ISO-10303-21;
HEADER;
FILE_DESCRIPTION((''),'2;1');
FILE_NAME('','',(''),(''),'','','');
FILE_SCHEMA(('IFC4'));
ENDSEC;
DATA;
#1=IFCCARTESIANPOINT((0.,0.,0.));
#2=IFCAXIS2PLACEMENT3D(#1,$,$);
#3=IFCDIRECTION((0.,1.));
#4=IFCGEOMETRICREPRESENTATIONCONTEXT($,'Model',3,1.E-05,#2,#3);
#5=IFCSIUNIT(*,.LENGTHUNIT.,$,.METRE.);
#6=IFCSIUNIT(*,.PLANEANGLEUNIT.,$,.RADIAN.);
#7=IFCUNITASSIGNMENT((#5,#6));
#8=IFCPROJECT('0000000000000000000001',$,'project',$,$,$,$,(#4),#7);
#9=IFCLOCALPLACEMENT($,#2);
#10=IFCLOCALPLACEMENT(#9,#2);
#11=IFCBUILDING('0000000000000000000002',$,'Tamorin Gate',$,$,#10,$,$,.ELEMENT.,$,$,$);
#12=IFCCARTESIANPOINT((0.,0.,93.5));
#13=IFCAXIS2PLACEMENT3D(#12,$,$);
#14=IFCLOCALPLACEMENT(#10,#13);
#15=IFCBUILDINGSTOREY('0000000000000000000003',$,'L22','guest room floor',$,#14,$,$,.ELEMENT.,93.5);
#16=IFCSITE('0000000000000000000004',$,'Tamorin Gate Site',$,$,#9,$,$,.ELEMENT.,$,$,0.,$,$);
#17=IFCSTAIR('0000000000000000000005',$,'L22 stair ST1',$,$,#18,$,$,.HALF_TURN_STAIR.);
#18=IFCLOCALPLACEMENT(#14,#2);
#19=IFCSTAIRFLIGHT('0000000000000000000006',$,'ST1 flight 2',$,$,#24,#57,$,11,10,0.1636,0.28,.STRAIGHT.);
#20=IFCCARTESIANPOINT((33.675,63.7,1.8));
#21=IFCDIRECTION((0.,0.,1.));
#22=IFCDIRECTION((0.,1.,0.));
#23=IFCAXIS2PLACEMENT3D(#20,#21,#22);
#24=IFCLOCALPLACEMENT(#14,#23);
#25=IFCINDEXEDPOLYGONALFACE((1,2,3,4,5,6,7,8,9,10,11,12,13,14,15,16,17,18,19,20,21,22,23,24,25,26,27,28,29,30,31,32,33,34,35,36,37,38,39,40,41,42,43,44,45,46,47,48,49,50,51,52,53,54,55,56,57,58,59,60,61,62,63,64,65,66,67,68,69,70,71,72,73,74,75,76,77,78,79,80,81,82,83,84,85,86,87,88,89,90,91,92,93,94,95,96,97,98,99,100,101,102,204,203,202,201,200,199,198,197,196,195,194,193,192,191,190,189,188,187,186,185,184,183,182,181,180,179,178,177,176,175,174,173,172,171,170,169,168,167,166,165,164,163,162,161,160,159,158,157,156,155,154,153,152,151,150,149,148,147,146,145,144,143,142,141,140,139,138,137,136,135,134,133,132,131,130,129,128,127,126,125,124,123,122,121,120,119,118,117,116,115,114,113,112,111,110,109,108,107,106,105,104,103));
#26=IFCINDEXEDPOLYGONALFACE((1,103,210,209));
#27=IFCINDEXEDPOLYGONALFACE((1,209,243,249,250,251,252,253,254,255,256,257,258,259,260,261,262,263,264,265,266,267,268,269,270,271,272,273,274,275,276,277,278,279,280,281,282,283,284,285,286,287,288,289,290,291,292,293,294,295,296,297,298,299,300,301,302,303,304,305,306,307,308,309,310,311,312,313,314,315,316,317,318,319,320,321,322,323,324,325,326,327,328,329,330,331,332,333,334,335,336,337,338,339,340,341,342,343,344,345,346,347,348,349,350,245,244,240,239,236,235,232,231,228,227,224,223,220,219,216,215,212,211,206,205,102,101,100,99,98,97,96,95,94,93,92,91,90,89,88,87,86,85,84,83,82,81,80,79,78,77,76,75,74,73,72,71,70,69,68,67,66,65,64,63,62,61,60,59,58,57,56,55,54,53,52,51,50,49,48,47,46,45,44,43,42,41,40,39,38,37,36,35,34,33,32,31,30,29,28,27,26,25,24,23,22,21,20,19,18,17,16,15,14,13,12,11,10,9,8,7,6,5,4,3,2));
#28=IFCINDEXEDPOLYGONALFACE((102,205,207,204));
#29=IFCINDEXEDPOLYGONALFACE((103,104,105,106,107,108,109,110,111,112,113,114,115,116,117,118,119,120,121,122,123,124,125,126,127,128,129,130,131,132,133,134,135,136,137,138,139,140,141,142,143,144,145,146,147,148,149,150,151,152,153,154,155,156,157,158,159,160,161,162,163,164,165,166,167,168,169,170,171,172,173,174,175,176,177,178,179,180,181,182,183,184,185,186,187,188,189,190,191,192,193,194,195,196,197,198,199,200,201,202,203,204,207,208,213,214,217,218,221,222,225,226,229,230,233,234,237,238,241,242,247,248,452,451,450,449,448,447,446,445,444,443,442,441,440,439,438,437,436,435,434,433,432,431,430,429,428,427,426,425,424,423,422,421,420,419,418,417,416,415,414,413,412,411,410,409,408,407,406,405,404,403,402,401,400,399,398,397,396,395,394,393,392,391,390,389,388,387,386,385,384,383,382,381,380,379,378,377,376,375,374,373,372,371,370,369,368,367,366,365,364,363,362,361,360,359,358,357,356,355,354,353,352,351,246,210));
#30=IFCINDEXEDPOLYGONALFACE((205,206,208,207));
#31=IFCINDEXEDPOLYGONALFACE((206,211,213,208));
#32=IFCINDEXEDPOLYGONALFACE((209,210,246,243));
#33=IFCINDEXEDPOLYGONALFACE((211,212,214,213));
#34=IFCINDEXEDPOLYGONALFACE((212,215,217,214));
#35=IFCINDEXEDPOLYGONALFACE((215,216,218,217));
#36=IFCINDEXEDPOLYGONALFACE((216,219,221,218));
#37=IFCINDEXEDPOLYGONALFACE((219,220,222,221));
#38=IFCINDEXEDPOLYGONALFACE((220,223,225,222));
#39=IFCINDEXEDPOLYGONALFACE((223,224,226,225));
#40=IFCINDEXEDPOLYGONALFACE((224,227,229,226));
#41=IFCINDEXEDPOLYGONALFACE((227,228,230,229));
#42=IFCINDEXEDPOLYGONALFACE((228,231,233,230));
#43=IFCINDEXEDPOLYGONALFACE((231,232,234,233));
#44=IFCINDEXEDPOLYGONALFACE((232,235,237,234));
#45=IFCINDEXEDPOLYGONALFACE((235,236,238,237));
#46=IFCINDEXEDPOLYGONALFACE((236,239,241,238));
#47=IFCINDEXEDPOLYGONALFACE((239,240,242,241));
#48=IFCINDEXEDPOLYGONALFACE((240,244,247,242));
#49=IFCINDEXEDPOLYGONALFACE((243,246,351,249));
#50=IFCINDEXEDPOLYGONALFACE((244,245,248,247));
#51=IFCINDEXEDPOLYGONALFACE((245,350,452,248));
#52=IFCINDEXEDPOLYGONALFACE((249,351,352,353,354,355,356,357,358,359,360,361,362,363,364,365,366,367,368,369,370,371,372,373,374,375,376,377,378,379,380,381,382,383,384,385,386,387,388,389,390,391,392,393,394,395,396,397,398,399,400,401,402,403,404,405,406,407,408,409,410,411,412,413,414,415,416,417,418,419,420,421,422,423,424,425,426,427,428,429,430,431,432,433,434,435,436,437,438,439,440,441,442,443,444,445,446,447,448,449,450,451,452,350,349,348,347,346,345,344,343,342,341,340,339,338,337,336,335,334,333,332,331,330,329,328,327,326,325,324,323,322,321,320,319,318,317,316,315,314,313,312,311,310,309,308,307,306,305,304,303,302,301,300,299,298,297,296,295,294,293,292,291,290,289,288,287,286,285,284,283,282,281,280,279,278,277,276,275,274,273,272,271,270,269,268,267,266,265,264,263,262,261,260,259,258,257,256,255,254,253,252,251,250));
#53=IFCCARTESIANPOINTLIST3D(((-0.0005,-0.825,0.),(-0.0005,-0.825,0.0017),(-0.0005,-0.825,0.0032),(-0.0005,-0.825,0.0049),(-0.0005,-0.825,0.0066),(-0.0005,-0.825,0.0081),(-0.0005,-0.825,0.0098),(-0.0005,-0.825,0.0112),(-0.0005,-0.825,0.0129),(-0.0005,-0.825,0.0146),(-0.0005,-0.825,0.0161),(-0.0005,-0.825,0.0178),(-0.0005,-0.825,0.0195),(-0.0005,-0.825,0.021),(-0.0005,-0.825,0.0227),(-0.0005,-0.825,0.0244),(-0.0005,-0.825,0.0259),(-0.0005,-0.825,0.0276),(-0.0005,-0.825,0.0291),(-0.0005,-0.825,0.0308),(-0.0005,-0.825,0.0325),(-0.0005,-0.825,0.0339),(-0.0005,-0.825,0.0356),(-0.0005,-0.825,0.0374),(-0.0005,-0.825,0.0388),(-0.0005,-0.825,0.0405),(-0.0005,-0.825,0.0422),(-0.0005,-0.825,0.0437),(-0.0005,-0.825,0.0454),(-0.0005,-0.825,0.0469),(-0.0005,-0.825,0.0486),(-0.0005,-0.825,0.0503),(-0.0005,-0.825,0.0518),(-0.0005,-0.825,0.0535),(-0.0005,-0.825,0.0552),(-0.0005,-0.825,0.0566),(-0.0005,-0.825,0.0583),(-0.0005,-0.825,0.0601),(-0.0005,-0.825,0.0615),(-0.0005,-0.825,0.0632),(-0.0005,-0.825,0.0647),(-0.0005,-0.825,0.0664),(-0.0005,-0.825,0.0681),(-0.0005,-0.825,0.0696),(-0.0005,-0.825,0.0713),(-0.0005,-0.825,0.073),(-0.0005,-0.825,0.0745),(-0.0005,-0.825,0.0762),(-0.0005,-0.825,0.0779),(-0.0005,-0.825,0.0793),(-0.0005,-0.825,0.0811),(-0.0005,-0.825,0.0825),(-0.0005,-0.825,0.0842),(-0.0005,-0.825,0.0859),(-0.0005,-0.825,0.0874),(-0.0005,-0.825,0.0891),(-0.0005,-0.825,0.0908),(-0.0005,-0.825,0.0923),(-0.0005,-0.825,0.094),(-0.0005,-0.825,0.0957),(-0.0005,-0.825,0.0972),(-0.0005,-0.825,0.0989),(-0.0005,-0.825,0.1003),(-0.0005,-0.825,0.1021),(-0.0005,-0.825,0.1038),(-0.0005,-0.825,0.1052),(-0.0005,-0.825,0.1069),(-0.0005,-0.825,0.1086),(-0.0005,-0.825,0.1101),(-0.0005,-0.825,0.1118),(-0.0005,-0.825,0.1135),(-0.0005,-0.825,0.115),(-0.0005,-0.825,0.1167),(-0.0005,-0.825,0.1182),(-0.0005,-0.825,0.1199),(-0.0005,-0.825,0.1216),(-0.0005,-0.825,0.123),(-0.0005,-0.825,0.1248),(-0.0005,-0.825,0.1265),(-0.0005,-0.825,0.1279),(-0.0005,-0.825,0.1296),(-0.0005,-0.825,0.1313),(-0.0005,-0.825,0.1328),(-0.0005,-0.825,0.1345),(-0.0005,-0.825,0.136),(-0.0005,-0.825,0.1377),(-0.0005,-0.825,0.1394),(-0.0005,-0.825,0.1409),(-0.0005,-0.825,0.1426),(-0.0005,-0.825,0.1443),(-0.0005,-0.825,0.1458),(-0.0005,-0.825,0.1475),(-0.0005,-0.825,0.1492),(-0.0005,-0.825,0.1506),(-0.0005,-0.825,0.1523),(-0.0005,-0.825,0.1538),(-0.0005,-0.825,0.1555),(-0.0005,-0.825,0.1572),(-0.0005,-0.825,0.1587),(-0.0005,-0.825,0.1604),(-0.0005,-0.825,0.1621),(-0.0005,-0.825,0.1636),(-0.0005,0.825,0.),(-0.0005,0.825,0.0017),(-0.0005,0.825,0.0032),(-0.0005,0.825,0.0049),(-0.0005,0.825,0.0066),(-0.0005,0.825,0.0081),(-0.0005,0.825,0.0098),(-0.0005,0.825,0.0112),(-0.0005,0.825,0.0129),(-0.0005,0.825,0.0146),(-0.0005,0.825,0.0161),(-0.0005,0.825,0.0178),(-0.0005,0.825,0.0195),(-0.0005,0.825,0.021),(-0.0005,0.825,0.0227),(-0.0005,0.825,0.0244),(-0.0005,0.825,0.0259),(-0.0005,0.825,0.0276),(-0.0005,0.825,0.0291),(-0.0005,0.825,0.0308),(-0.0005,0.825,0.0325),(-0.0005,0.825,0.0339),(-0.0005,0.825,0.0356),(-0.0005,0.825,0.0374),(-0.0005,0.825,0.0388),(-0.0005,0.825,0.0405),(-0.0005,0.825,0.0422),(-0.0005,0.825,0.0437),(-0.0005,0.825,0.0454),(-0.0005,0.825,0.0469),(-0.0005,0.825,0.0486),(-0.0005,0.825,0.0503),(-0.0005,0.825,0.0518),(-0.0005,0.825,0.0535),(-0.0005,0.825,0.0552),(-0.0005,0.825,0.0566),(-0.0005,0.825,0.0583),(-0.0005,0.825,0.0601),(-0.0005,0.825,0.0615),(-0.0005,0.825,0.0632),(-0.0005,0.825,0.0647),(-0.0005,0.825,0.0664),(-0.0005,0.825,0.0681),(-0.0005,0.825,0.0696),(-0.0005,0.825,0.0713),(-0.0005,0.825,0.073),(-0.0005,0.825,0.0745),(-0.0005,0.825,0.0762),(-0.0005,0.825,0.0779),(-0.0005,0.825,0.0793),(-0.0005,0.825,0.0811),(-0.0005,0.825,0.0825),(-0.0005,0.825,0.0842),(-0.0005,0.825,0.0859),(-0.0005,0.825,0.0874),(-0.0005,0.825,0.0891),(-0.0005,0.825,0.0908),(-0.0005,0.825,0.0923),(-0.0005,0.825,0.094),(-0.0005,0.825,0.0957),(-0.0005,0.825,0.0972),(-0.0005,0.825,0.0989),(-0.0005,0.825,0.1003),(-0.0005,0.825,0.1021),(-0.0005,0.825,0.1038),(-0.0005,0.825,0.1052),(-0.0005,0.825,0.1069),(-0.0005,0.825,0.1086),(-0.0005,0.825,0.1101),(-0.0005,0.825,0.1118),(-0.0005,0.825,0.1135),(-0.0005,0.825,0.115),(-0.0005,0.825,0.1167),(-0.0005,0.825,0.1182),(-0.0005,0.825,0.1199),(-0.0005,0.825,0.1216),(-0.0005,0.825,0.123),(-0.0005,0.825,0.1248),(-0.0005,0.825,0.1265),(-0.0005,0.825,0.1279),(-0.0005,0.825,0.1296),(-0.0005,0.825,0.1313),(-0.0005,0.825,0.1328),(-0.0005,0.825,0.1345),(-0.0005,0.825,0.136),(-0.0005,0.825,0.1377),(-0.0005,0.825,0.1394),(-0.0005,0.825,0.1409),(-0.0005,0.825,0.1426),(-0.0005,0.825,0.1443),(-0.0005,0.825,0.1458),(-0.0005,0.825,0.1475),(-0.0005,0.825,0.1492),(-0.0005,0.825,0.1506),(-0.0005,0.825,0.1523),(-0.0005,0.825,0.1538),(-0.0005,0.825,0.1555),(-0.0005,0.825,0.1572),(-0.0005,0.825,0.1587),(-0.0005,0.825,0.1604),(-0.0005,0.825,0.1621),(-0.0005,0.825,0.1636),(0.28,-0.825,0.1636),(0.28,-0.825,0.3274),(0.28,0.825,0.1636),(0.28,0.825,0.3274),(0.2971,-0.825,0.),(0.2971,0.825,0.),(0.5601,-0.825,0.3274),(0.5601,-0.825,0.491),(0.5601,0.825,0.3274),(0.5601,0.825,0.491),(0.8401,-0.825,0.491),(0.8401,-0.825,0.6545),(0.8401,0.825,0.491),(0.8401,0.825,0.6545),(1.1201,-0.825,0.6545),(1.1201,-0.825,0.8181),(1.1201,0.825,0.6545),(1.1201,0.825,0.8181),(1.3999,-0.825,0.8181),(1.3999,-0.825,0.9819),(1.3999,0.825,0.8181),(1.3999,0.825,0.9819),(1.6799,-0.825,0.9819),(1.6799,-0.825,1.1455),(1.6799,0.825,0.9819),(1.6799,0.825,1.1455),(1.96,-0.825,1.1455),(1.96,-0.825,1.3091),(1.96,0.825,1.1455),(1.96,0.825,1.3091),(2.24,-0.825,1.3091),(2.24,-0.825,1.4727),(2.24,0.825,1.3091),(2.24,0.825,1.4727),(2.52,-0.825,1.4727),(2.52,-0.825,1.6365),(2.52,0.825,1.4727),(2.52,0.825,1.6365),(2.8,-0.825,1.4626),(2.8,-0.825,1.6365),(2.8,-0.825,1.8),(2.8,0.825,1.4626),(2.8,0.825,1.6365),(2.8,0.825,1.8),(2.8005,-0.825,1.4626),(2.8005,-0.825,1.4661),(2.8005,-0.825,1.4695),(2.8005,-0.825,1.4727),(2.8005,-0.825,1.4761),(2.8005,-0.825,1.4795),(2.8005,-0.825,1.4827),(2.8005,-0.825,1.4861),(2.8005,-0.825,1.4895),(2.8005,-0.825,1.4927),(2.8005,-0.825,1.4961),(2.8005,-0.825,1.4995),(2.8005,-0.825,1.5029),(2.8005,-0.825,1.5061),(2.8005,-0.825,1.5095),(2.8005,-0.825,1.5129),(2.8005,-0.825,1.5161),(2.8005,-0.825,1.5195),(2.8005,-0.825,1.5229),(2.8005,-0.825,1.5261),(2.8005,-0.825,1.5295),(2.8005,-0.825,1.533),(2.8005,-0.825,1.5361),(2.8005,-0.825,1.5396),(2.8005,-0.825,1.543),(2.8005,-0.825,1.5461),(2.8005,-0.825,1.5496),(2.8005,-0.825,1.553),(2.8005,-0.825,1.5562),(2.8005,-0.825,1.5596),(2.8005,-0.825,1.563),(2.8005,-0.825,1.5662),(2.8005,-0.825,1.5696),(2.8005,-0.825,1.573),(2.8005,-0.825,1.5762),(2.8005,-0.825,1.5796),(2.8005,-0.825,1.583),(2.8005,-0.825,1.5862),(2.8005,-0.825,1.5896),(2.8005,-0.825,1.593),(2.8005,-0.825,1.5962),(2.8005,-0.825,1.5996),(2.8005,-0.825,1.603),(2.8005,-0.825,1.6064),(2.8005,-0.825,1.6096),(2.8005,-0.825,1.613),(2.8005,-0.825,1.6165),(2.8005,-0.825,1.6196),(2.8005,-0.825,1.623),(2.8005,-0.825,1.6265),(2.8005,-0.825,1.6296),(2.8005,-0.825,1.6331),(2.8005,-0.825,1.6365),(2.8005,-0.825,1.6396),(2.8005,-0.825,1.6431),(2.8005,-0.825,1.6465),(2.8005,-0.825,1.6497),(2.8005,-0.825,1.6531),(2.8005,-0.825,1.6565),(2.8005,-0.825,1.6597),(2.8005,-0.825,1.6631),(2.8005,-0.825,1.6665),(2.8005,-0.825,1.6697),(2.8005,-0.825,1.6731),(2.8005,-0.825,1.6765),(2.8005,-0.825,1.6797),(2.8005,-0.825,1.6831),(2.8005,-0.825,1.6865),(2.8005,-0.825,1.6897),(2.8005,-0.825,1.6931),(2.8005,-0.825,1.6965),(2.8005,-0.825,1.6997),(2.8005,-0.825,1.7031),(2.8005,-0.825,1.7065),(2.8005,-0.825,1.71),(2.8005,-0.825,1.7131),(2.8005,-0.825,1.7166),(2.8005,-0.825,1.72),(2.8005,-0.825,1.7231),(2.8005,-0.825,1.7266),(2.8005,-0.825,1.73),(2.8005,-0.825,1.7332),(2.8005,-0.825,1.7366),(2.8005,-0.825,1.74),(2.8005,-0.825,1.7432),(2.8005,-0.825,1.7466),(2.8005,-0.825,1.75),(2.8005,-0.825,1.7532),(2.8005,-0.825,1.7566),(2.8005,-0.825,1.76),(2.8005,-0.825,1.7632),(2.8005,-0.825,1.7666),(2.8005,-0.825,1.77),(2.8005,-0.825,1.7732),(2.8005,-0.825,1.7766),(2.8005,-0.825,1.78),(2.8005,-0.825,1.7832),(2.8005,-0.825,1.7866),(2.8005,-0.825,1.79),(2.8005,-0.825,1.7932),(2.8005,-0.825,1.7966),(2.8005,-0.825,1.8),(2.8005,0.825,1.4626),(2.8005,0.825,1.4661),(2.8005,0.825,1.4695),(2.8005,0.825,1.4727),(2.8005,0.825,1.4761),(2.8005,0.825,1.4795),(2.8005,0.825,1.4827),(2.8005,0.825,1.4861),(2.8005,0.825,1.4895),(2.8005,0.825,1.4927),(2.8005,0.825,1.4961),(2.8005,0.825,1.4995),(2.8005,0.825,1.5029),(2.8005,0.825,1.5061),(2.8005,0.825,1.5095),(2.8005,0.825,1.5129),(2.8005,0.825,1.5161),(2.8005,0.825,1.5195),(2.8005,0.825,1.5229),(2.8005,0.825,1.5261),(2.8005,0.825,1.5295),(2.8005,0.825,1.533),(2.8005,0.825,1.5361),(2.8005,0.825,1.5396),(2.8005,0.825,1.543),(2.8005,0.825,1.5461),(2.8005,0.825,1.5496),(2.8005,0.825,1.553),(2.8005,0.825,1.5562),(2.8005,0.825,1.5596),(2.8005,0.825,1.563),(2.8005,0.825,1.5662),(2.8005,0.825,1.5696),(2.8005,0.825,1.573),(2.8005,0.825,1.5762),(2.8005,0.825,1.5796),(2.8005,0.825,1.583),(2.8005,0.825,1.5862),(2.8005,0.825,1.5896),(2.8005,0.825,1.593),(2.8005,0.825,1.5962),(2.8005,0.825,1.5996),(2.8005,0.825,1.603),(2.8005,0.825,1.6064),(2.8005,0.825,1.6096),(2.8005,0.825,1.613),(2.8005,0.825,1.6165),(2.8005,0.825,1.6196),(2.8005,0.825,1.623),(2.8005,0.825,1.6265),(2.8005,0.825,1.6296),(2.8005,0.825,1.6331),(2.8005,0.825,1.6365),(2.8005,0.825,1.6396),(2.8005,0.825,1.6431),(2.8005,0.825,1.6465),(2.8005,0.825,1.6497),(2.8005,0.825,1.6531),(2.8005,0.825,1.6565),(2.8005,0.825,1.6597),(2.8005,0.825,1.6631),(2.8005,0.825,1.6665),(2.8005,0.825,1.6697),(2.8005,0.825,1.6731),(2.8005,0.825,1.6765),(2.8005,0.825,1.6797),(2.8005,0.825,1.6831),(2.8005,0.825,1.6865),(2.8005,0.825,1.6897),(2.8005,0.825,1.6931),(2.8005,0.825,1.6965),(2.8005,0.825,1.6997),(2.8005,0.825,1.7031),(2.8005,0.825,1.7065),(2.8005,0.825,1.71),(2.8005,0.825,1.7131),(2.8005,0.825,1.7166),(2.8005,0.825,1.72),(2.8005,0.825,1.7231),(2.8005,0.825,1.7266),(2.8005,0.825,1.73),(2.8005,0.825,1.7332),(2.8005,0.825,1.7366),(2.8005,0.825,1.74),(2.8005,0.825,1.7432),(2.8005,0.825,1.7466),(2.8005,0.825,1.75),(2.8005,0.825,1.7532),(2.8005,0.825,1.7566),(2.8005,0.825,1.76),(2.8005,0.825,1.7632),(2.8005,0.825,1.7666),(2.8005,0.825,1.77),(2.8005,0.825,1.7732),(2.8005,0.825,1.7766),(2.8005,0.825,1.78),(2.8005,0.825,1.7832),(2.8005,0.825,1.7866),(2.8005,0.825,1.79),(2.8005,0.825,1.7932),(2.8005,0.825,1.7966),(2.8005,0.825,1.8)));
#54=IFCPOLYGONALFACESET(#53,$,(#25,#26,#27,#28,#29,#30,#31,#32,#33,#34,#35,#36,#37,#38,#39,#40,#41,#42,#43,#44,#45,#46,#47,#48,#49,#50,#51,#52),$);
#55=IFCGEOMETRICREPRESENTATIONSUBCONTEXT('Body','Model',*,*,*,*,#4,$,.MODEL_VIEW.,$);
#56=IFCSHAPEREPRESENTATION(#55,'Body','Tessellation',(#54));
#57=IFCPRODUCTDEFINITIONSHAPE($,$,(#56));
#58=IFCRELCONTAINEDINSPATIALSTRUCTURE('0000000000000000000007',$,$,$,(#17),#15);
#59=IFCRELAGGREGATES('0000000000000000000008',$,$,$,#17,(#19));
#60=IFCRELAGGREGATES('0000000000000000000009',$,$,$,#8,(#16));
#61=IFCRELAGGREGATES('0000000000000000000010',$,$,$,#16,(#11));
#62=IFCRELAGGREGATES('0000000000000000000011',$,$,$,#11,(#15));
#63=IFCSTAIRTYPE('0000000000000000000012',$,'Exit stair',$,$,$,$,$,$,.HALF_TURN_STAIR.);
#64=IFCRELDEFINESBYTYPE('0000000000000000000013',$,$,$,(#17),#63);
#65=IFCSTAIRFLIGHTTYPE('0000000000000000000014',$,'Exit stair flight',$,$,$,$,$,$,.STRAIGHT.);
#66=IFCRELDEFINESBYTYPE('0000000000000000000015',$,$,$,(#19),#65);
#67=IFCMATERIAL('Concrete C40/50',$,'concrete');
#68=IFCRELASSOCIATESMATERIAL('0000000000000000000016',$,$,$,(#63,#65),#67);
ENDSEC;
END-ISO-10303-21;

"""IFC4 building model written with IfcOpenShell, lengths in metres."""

from ifc_helpers import new_model, si_unit, direction, frame, origin, place, context, subcontext, project, spatial, polyline, outline, extrude, material, type_object, element, aggregate, save


model = new_model("IFC4")

# Units and contexts
model_context = context("Model", 3, precision=1e-05, world=origin(), true_north=direction((0.0, 1.0)))
body_context = subcontext(model_context, "Body", "Model", "MODEL_VIEW")
ifc_project = project(units=[si_unit("LENGTHUNIT", "METRE"), si_unit("PLANEANGLEUNIT", "RADIAN")], contexts=[model_context])

# Site, building, storey
site_placement = place(None, origin())
site = spatial("IfcSite", under=ifc_project, at=site_placement, Name="Tamorin Gate Site", CompositionType="ELEMENT", RefElevation=0.0)
building_placement = place(site_placement, origin())
building = spatial("IfcBuilding", under=site, at=building_placement, Name="Tamorin Gate", CompositionType="ELEMENT")
storey_placement = place(building_placement, frame((0.0, 0.0, 93.5)))
storey = spatial("IfcBuildingStorey", under=building, at=storey_placement, Name="L22", Description="guest room floor", CompositionType="ELEMENT", Elevation=93.5)

# Shared definitions
ifc_material_1 = material(Name="Concrete C40/50", Category="concrete")

# Stair, stair flight
stair_type = type_object("IfcStairType", Name="Exit stair", PredefinedType="HALF_TURN_STAIR", material=ifc_material_1)
stair_placement = place(storey_placement, origin())
stair = element("IfcStair", 1, at=stair_placement, inside=storey, type_object=stair_type, Name="L22 stair ST1", PredefinedType="HALF_TURN_STAIR")
stair_flight_type = type_object("IfcStairFlightType", Name="Exit stair flight", PredefinedType="STRAIGHT", material=ifc_material_1)
stair_flight_1_placement = place(storey_placement, frame((33.675, 63.7, 1.8), z_axis=(0.0, 0.0, 1.0), x_axis=(0.0, 1.0, 0.0)))
stair_flight_1 = element("IfcStairFlight", 2, at=stair_flight_1_placement, type_object=stair_flight_type, Name="ST1 flight 2", NumberOfRisers=11, NumberOfTreads=10, PredefinedType="STRAIGHT", RiserHeight=0.1636, TreadLength=0.28, context=body_context, shape_type="SweptSolid", body=[
    extrude(outline(polyline([(-0.0005, 0.0), (-0.0005, 0.0017), (-0.0005, 0.0032), (-0.0005, 0.0049), (-0.0005, 0.0066), (-0.0005, 0.0081), (-0.0005, 0.0098), (-0.0005, 0.0112), (-0.0005, 0.0129), (-0.0005, 0.0146), (-0.0005, 0.0161), (-0.0005, 0.0178), (-0.0005, 0.0195), (-0.0005, 0.021), (-0.0005, 0.0227), (-0.0005, 0.0244), (-0.0005, 0.0259), (-0.0005, 0.0276), (-0.0005, 0.0291), (-0.0005, 0.0308), (-0.0005, 0.0325), (-0.0005, 0.0339), (-0.0005, 0.0356), (-0.0005, 0.0374), (-0.0005, 0.0388), (-0.0005, 0.0405), (-0.0005, 0.0422), (-0.0005, 0.0437), (-0.0005, 0.0454), (-0.0005, 0.0469), (-0.0005, 0.0486), (-0.0005, 0.0503), (-0.0005, 0.0518), (-0.0005, 0.0535), (-0.0005, 0.0552), (-0.0005, 0.0566), (-0.0005, 0.0583), (-0.0005, 0.0601), (-0.0005, 0.0615), (-0.0005, 0.0632), (-0.0005, 0.0647), (-0.0005, 0.0664), (-0.0005, 0.0681), (-0.0005, 0.0696), (-0.0005, 0.0713), (-0.0005, 0.073), (-0.0005, 0.0745), (-0.0005, 0.0762), (-0.0005, 0.0779), (-0.0005, 0.0793), (-0.0005, 0.0811), (-0.0005, 0.0825), (-0.0005, 0.0842), (-0.0005, 0.0859), (-0.0005, 0.0874), (-0.0005, 0.0891), (-0.0005, 0.0908), (-0.0005, 0.0923), (-0.0005, 0.094), (-0.0005, 0.0957), (-0.0005, 0.0972), (-0.0005, 0.0989), (-0.0005, 0.1003), (-0.0005, 0.1021), (-0.0005, 0.1038), (-0.0005, 0.1052), (-0.0005, 0.1069), (-0.0005, 0.1086), (-0.0005, 0.1101), (-0.0005, 0.1118), (-0.0005, 0.1135), (-0.0005, 0.115), (-0.0005, 0.1167), (-0.0005, 0.1182), (-0.0005, 0.1199), (-0.0005, 0.1216), (-0.0005, 0.123), (-0.0005, 0.1248), (-0.0005, 0.1265), (-0.0005, 0.1279), (-0.0005, 0.1296), (-0.0005, 0.1313), (-0.0005, 0.1328), (-0.0005, 0.1345), (-0.0005, 0.136), (-0.0005, 0.1377), (-0.0005, 0.1394), (-0.0005, 0.1409), (-0.0005, 0.1426), (-0.0005, 0.1443), (-0.0005, 0.1458), (-0.0005, 0.1475), (-0.0005, 0.1492), (-0.0005, 0.1506), (-0.0005, 0.1523), (-0.0005, 0.1538), (-0.0005, 0.1555), (-0.0005, 0.1572), (-0.0005, 0.1587), (-0.0005, 0.1604), (-0.0005, 0.1621), (-0.0005, 0.1636), (0.28, 0.1636), (0.28, 0.3274), (0.5601, 0.3274), (0.5601, 0.491), (0.8401, 0.491), (0.8401, 0.6545), (1.1201, 0.6545), (1.1201, 0.8181), (1.3999, 0.8181), (1.3999, 0.9819), (1.6799, 0.9819), (1.6799, 1.1455), (1.96, 1.1455), (1.96, 1.3091), (2.24, 1.3091), (2.24, 1.4727), (2.52, 1.4727), (2.52, 1.6365), (2.8, 1.6365), (2.8, 1.8), (2.8005, 1.8), (2.8005, 1.7966), (2.8005, 1.7932), (2.8005, 1.79), (2.8005, 1.7866), (2.8005, 1.7832), (2.8005, 1.78), (2.8005, 1.7766), (2.8005, 1.7732), (2.8005, 1.77), (2.8005, 1.7666), (2.8005, 1.7632), (2.8005, 1.76), (2.8005, 1.7566), (2.8005, 1.7532), (2.8005, 1.75), (2.8005, 1.7466), (2.8005, 1.7432), (2.8005, 1.74), (2.8005, 1.7366), (2.8005, 1.7332), (2.8005, 1.73), (2.8005, 1.7266), (2.8005, 1.7231), (2.8005, 1.72), (2.8005, 1.7166), (2.8005, 1.7131), (2.8005, 1.71), (2.8005, 1.7065), (2.8005, 1.7031), (2.8005, 1.6997), (2.8005, 1.6965), (2.8005, 1.6931), (2.8005, 1.6897), (2.8005, 1.6865), (2.8005, 1.6831), (2.8005, 1.6797), (2.8005, 1.6765), (2.8005, 1.6731), (2.8005, 1.6697), (2.8005, 1.6665), (2.8005, 1.6631), (2.8005, 1.6597), (2.8005, 1.6565), (2.8005, 1.6531), (2.8005, 1.6497), (2.8005, 1.6465), (2.8005, 1.6431), (2.8005, 1.6396), (2.8005, 1.6365), (2.8005, 1.6331), (2.8005, 1.6296), (2.8005, 1.6265), (2.8005, 1.623), (2.8005, 1.6196), (2.8005, 1.6165), (2.8005, 1.613), (2.8005, 1.6096), (2.8005, 1.6064), (2.8005, 1.603), (2.8005, 1.5996), (2.8005, 1.5962), (2.8005, 1.593), (2.8005, 1.5896), (2.8005, 1.5862), (2.8005, 1.583), (2.8005, 1.5796), (2.8005, 1.5762), (2.8005, 1.573), (2.8005, 1.5696), (2.8005, 1.5662), (2.8005, 1.563), (2.8005, 1.5596), (2.8005, 1.5562), (2.8005, 1.553), (2.8005, 1.5496), (2.8005, 1.5461), (2.8005, 1.543), (2.8005, 1.5396), (2.8005, 1.5361), (2.8005, 1.533), (2.8005, 1.5295), (2.8005, 1.5261), (2.8005, 1.5229), (2.8005, 1.5195), (2.8005, 1.5161), (2.8005, 1.5129), (2.8005, 1.5095), (2.8005, 1.5061), (2.8005, 1.5029), (2.8005, 1.4995), (2.8005, 1.4961), (2.8005, 1.4927), (2.8005, 1.4895), (2.8005, 1.4861), (2.8005, 1.4827), (2.8005, 1.4795), (2.8005, 1.4761), (2.8005, 1.4727), (2.8005, 1.4695), (2.8005, 1.4661), (2.8005, 1.4626), (2.8, 1.4626), (0.2971, 0.0), (-0.0005, 0.0)])), frame((0.0, 0.825, 0.0), z_axis=(0.0, -1.0, 0.0), x_axis=(1.0, 0.0, 0.0)), (0.0, 0.0, 1.0), 1.6499),
])
aggregate(stair, [stair_flight_1])

save(model, "model.ifc")
